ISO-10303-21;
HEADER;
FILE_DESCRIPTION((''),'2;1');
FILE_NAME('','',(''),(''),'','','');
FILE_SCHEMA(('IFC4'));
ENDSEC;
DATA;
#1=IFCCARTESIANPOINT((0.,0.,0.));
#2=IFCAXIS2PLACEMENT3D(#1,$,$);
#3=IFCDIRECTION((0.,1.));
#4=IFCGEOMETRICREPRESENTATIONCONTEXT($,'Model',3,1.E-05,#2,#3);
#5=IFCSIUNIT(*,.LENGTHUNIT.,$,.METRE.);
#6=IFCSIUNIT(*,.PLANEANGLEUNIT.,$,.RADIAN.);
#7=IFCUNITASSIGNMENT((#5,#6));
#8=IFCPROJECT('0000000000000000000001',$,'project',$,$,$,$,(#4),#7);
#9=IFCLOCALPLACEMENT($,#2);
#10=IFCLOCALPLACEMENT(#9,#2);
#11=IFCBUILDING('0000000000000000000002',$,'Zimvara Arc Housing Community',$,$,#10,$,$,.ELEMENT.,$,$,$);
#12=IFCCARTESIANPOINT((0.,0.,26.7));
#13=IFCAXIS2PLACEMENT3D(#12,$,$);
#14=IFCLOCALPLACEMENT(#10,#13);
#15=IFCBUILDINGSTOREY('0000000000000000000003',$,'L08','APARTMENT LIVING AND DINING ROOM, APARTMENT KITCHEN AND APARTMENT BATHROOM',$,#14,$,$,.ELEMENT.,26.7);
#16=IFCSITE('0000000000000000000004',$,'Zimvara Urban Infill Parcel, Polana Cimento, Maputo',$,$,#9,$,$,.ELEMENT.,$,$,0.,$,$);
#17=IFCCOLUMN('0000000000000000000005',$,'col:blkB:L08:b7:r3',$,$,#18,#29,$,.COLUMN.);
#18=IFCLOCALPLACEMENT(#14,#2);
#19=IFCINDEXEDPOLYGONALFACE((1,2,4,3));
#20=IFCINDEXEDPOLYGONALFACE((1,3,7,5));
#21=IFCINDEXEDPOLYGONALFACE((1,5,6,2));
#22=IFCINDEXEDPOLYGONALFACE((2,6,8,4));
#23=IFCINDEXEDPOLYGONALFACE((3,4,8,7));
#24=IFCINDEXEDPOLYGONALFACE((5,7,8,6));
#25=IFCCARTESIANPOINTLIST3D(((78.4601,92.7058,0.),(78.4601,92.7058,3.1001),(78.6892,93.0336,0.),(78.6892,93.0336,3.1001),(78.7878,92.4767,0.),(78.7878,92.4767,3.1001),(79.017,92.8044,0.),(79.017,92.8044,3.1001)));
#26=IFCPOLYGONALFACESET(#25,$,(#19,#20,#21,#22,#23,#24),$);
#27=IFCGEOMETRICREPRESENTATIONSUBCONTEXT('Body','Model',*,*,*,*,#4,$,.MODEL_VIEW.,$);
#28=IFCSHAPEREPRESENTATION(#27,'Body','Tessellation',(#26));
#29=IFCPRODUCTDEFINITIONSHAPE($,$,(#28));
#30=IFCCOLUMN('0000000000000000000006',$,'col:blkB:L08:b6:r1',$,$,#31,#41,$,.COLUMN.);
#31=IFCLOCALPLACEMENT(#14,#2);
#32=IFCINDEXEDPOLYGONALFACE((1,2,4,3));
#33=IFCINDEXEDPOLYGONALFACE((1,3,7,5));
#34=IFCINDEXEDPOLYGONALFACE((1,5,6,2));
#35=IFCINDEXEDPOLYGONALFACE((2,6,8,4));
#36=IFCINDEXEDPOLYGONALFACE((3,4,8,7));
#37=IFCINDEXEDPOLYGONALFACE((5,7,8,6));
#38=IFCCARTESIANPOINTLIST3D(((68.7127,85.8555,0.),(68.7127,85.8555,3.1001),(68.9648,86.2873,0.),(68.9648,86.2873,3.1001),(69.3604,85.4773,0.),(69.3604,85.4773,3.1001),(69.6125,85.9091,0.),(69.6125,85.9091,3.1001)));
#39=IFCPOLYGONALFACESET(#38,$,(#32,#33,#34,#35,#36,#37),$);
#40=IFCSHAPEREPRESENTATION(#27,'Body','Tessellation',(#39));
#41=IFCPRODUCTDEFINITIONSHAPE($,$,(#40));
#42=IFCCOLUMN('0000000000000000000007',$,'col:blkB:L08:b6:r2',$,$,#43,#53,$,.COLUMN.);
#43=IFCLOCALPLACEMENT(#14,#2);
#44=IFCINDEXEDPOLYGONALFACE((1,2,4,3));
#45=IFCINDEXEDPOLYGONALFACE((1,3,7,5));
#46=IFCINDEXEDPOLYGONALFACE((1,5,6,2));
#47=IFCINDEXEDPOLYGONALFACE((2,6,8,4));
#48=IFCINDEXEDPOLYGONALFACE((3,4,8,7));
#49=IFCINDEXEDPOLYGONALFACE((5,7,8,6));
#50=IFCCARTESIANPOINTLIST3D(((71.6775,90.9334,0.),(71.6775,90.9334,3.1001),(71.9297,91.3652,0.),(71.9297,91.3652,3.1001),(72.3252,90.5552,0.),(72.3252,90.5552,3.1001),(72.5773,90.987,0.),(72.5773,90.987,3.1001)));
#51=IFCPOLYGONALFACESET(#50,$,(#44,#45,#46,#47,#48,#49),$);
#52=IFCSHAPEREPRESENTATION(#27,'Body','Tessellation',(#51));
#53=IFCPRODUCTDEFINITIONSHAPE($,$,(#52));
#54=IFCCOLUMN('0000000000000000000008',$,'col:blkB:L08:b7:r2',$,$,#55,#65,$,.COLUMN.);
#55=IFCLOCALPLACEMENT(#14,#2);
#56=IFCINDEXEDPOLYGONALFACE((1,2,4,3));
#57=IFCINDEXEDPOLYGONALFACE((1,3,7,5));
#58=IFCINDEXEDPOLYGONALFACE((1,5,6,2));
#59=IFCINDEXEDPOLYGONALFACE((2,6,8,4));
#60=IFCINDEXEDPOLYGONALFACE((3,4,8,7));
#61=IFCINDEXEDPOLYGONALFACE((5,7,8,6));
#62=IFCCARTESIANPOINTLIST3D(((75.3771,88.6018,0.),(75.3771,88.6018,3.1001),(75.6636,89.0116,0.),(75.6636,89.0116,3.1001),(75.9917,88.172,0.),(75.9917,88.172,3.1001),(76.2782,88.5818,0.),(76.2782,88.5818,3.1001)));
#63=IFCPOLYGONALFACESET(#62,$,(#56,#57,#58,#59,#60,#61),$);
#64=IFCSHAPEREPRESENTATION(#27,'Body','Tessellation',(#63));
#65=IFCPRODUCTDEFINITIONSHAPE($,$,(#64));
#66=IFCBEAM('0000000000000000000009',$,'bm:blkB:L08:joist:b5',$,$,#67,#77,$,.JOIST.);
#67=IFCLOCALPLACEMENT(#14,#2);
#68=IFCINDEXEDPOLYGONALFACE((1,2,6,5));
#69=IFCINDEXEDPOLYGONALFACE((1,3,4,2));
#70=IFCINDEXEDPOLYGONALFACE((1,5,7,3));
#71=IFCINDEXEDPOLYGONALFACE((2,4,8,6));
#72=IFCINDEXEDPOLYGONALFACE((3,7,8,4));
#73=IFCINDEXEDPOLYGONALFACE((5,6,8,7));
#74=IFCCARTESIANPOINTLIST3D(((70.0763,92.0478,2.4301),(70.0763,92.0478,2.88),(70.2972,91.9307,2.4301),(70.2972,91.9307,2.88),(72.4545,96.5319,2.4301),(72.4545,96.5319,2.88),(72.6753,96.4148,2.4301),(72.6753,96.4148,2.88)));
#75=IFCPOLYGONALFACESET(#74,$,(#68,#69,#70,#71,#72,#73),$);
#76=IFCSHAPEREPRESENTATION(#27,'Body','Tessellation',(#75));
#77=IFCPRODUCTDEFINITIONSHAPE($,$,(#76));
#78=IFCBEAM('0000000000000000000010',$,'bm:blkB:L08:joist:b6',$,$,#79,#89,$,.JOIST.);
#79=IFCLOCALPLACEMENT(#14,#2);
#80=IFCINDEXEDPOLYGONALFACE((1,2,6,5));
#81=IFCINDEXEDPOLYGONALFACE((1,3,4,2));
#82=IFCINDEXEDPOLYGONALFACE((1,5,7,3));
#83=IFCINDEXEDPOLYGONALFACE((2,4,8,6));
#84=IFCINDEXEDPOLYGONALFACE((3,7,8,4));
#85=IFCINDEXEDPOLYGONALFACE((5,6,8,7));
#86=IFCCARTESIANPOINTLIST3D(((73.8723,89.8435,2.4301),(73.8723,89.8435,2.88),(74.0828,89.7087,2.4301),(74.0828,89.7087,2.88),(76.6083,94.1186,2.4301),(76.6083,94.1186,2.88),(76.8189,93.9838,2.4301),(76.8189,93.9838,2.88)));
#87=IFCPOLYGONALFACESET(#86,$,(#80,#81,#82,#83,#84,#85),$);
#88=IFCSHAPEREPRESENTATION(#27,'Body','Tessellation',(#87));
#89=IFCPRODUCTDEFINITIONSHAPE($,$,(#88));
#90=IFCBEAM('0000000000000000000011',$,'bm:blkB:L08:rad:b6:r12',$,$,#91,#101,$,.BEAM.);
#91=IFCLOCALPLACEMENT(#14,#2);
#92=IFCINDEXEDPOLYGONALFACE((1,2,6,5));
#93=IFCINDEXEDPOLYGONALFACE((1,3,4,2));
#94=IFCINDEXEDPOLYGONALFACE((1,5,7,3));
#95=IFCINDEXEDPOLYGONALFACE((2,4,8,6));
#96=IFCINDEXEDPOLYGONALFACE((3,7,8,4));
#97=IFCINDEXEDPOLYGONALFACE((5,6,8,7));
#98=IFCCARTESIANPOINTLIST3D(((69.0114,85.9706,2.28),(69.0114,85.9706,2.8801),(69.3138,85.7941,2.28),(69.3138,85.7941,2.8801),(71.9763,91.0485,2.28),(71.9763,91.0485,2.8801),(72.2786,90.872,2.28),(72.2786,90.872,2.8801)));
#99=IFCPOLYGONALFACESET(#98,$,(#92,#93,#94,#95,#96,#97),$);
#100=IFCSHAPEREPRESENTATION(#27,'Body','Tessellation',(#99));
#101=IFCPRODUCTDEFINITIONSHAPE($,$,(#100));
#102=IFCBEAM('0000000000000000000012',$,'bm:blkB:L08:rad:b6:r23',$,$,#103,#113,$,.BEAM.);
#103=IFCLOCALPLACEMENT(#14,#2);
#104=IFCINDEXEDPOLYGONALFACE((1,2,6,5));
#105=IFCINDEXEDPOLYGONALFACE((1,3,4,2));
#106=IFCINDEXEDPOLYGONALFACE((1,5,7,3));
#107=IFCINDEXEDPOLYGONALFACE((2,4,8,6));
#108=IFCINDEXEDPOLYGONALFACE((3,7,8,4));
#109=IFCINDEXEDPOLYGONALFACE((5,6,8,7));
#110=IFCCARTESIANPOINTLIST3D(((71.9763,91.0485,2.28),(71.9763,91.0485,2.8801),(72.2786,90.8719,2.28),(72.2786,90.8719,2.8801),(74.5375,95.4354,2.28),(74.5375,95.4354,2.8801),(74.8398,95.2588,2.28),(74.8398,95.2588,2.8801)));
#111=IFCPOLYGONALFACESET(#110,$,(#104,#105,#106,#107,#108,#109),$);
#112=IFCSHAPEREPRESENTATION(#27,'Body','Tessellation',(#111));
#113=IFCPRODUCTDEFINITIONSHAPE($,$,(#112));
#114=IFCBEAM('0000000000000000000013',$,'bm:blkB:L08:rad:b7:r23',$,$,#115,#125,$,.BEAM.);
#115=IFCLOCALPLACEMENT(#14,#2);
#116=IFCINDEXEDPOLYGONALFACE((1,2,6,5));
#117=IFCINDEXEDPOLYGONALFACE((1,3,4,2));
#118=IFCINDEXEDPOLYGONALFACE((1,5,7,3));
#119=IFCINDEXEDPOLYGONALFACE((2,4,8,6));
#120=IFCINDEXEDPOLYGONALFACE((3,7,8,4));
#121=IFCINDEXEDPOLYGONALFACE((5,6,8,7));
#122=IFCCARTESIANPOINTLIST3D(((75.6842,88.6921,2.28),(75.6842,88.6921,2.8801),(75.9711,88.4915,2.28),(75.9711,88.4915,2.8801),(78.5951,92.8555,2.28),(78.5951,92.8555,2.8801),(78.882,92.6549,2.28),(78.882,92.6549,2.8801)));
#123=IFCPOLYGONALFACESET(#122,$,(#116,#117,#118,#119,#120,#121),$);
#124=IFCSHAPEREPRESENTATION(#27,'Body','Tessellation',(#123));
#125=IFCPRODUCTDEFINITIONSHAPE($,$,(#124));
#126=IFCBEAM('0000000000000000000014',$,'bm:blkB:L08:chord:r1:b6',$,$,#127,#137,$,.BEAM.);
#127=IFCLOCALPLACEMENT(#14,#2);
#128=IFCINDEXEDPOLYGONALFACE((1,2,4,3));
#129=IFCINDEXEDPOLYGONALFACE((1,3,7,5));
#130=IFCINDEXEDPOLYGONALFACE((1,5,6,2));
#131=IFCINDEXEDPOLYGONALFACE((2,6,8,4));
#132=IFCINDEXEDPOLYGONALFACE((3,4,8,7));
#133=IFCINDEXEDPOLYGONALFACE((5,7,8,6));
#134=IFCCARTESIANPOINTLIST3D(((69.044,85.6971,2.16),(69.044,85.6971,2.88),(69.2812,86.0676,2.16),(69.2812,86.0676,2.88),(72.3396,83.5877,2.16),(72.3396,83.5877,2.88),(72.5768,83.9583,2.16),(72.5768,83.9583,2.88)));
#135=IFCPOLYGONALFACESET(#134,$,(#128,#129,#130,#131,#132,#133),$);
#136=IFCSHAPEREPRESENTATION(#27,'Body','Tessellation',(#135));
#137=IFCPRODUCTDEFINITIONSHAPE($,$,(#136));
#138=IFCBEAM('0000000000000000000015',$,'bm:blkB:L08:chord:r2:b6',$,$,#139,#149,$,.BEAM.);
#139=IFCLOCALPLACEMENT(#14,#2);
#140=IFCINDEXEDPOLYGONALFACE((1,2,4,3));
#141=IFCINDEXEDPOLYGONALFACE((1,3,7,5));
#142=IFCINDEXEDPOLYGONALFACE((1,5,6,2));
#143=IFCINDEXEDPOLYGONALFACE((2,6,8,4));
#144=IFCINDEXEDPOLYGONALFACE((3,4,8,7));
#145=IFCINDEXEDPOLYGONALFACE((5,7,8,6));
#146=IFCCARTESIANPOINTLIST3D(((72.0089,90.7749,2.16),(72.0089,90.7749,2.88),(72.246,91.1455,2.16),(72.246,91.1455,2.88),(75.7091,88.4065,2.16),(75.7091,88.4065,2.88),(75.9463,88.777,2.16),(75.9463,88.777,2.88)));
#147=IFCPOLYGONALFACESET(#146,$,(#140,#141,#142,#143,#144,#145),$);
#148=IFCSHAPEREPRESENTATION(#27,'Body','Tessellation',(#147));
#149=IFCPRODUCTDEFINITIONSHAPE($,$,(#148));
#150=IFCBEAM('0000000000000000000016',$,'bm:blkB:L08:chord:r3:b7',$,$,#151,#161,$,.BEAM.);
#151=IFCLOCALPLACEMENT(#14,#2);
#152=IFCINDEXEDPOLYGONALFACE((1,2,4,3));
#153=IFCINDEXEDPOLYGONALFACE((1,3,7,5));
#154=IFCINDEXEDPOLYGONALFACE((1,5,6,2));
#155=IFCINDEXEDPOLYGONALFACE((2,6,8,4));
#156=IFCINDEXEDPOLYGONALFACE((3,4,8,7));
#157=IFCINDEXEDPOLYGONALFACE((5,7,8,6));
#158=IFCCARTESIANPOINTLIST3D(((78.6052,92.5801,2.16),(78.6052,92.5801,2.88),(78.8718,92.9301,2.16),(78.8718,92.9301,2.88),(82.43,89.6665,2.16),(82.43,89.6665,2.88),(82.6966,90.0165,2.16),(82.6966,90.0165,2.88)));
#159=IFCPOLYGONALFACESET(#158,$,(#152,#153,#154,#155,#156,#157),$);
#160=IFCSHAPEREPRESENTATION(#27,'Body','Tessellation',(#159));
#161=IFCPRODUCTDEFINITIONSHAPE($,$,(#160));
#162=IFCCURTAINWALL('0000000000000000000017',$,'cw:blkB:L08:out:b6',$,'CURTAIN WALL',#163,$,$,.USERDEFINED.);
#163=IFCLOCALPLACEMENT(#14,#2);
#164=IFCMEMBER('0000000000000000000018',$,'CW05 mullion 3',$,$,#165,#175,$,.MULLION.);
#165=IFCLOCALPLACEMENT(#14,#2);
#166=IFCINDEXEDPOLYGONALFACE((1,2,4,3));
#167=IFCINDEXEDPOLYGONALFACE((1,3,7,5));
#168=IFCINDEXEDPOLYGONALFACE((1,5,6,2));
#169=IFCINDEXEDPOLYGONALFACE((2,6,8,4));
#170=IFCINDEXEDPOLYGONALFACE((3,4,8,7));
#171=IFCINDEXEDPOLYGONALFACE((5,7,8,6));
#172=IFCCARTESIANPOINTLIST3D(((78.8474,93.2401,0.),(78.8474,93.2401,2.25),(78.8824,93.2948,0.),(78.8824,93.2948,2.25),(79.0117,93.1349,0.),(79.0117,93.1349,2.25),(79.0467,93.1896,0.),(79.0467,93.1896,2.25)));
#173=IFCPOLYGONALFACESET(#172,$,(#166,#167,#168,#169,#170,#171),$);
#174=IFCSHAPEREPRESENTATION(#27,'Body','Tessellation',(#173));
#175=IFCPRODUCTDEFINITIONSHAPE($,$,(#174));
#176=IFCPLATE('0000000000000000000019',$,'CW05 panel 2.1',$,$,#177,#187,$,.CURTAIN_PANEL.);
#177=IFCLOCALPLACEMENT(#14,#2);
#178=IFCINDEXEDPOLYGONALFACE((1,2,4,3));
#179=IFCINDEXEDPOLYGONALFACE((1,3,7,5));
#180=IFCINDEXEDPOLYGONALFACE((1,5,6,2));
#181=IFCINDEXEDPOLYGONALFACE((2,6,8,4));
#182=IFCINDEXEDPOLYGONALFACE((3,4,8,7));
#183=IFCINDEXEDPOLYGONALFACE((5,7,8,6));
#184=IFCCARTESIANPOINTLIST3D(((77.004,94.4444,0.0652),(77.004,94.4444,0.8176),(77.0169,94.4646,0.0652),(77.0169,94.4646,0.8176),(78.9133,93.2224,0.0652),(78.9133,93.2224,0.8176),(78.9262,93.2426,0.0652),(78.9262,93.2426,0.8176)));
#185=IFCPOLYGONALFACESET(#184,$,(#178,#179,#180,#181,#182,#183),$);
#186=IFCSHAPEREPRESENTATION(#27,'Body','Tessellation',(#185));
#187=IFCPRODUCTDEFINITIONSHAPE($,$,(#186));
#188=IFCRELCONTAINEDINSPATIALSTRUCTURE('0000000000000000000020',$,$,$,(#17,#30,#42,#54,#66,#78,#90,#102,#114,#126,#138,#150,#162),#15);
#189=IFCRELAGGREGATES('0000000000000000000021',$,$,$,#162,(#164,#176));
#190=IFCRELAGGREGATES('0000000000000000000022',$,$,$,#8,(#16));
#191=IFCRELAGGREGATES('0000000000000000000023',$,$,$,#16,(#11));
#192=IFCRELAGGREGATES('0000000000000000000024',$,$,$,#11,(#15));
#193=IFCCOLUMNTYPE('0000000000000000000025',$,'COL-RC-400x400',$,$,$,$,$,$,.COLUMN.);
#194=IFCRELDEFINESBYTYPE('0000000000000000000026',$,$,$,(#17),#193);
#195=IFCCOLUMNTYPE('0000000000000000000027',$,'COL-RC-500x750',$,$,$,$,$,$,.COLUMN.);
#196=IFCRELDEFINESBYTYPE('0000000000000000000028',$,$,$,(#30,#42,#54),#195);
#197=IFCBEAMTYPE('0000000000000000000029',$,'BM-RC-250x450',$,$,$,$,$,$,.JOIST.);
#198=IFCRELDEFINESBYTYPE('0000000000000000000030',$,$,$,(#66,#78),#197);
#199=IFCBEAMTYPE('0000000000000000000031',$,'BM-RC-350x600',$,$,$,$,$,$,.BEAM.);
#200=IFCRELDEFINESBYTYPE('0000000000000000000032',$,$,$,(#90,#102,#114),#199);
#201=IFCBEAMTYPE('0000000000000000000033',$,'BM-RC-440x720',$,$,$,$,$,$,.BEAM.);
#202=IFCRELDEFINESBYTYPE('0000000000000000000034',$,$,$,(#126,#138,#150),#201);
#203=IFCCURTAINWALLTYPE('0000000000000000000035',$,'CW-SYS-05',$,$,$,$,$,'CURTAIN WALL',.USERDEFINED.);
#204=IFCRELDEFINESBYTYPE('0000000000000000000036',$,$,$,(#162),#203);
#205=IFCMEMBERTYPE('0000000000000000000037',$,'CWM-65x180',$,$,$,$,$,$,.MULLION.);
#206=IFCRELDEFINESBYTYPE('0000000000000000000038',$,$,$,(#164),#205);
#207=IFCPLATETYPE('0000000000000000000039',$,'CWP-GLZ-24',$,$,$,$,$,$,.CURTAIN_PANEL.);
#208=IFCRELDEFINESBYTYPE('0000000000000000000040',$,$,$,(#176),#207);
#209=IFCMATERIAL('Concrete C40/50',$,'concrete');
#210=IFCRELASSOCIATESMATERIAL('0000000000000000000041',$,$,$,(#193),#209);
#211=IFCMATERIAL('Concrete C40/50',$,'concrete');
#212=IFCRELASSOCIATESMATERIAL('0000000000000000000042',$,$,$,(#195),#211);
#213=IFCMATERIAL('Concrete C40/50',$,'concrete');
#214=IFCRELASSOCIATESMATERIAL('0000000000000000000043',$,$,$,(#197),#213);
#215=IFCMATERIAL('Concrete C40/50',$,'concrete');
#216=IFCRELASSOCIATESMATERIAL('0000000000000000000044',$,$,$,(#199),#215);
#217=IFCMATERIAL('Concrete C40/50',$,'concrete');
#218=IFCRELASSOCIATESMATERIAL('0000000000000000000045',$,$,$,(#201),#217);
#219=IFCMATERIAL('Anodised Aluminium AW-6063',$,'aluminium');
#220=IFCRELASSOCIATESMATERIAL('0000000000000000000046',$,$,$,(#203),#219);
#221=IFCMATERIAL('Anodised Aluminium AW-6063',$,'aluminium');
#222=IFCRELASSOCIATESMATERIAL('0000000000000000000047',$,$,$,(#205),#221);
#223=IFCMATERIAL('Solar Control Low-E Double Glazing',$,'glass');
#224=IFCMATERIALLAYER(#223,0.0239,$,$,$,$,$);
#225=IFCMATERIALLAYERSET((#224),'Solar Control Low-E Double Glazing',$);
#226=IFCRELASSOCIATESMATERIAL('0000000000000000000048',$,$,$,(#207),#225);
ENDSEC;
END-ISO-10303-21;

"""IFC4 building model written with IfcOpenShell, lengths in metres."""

from ifc_helpers import new_model, si_unit, direction, frame, origin, origin_2d, place, context, subcontext, project, spatial, rectangle, extrude, material, layer, layer_set, material_profile, profile_set, type_object, element, aggregate, save


model = new_model("IFC4")

# Units and contexts
model_context = context("Model", 3, precision=1e-05, world=origin(), true_north=direction((0.0, 1.0)))
body_context = subcontext(model_context, "Body", "Model", "MODEL_VIEW")
ifc_project = project(units=[si_unit("LENGTHUNIT", "METRE"), si_unit("PLANEANGLEUNIT", "RADIAN")], contexts=[model_context])

# Site, building, storey
site_placement = place(None, origin())
site = spatial("IfcSite", under=ifc_project, at=site_placement, Name="Zimvara Urban Infill Parcel, Polana Cimento, Maputo", CompositionType="ELEMENT", RefElevation=0.0)
building_placement = place(site_placement, origin())
building = spatial("IfcBuilding", under=site, at=building_placement, Name="Zimvara Arc Housing Community", CompositionType="ELEMENT")
storey_placement = place(building_placement, frame((0.0, 0.0, 26.7)))
storey = spatial("IfcBuildingStorey", under=building, at=storey_placement, Name="L08", Description="APARTMENT LIVING AND DINING ROOM, APARTMENT KITCHEN AND APARTMENT BATHROOM", CompositionType="ELEMENT", Elevation=26.7)

# Columns
ifc_material_1 = material(Name="Concrete C40/50", Category="concrete")
ifc_material_profile_1 = material_profile(ifc_material_1, rectangle(XDim=0.3999, YDim=0.3999, at=origin_2d()), Name="RC 400x400")
ifc_profile_set_1 = profile_set([ifc_material_profile_1], Name="Concrete C40/50")
column_type_1 = type_object("IfcColumnType", Name="COL-RC-400x400", PredefinedType="COLUMN", material=ifc_profile_set_1)
column_placement = place(storey_placement, frame((78.7385, 92.7551, 0.0), z_axis=(0.0, 0.0, 1.0), x_axis=(0.573004, 0.819552, 0.0)))
element("IfcColumn", 1, at=column_placement, inside=storey, type_object=column_type_1, Name="col:blkB:L08:b7:r3", PredefinedType="COLUMN", context=body_context, shape_type="SweptSolid", body=[
    extrude(rectangle(XDim=0.3999, YDim=0.3999, at=origin_2d()), origin(), (0.0, 0.0, 1.0), 3.1001),
])
ifc_material_2 = material(Name="Concrete C40/50", Category="concrete")
ifc_material_profile_2 = material_profile(ifc_material_2, rectangle(XDim=0.5, YDim=0.75, at=origin_2d()), Name="RC 500x750")
ifc_profile_set_2 = profile_set([ifc_material_profile_2], Name="Concrete C40/50")
column_type_2 = type_object("IfcColumnType", Name="COL-RC-500x750", PredefinedType="COLUMN", material=ifc_profile_set_2)
for number, where, z_axis, x_axis, name in (
    (2, (69.1626, 85.8823, 0.0), (0.0, 0.0, 1.0), (0.504226, 0.863572, 0.0), "col:blkB:L08:b6:r1"),
    (3, (72.1274, 90.9602, 0.0), (0.0, 0.0, 1.0), (0.504226, 0.863572, 0.0), "col:blkB:L08:b6:r2"),
    (4, (75.8276, 88.5918, 0.0), (0.0, 0.0, 1.0), (0.573004, 0.819552, 0.0), "col:blkB:L08:b7:r2"),
):
    element("IfcColumn", number, at=place(storey_placement, frame(where, z_axis=z_axis, x_axis=x_axis)), inside=storey, type_object=column_type_2, Name=name, PredefinedType="COLUMN", context=body_context, shape_type="SweptSolid", body=[
        extrude(rectangle(XDim=0.5, YDim=0.75, at=origin_2d()), origin(), (0.0, 0.0, 1.0), 3.1001),
    ])

# Beams
ifc_material_3 = material(Name="Concrete C40/50", Category="concrete")
ifc_material_profile_3 = material_profile(ifc_material_3, rectangle(XDim=0.25, YDim=0.45, at=origin_2d()), Name="RC 250x450")
ifc_profile_set_3 = profile_set([ifc_material_profile_3], Name="Concrete C40/50")
beam_type_1 = type_object("IfcBeamType", Name="BM-RC-250x450", PredefinedType="JOIST", material=ifc_profile_set_3)
for number, where, z_axis, x_axis, name in (
    (5, (70.1868, 91.9893, 2.655), (0.468537, 0.883444, 0.0), (-0.883444, 0.468537, 0.0), "bm:blkB:L08:joist:b5"),
    (6, (73.9775, 89.7761, 2.655), (0.539052, 0.842272, 0.0), (-0.842272, 0.539052, 0.0), "bm:blkB:L08:joist:b6"),
):
    element("IfcBeam", number, at=place(storey_placement, frame(where, z_axis=z_axis, x_axis=x_axis)), inside=storey, type_object=beam_type_1, Name=name, PredefinedType="JOIST", context=body_context, shape_type="SweptSolid", body=[
        extrude(rectangle(XDim=0.25, YDim=0.45, at=origin_2d()), origin(), (0.0, 0.0, 1.0), 5.0757),
    ])
ifc_material_4 = material(Name="Concrete C40/50", Category="concrete")
ifc_material_profile_4 = material_profile(ifc_material_4, rectangle(XDim=0.3501, YDim=0.6001, at=origin_2d()), Name="RC 350x600")
ifc_profile_set_4 = profile_set([ifc_material_profile_4], Name="Concrete C40/50")
beam_type_2 = type_object("IfcBeamType", Name="BM-RC-350x600", PredefinedType="BEAM", material=ifc_profile_set_4)
beam_1_placement = place(storey_placement, frame((69.1626, 85.8823, 2.5801), z_axis=(0.504219, 0.863576, 0.0), x_axis=(-0.863576, 0.504219, 0.0)))
element("IfcBeam", 7, at=beam_1_placement, inside=storey, type_object=beam_type_2, Name="bm:blkB:L08:rad:b6:r12", PredefinedType="BEAM", context=body_context, shape_type="SweptSolid", body=[
    extrude(rectangle(XDim=0.3501, YDim=0.6001, at=origin_2d()), origin(), (0.0, 0.0, 1.0), 5.8801),
])
beam_2_placement = place(storey_placement, frame((72.1274, 90.9602, 2.5801), z_axis=(0.504197, 0.863589, 0.0), x_axis=(-0.863589, 0.504197, 0.0)))
element("IfcBeam", 8, at=beam_2_placement, inside=storey, type_object=beam_type_2, Name="bm:blkB:L08:rad:b6:r23", PredefinedType="BEAM", context=body_context, shape_type="SweptSolid", body=[
    extrude(rectangle(XDim=0.3501, YDim=0.6001, at=origin_2d()), origin(), (0.0, 0.0, 1.0), 5.0798),
])
beam_3_placement = place(storey_placement, frame((75.8276, 88.5918, 2.5801), z_axis=(0.573007, 0.81955, 0.0), x_axis=(-0.81955, 0.573007, 0.0)))
element("IfcBeam", 9, at=beam_3_placement, inside=storey, type_object=beam_type_2, Name="bm:blkB:L08:rad:b7:r23", PredefinedType="BEAM", context=body_context, shape_type="SweptSolid", body=[
    extrude(rectangle(XDim=0.3501, YDim=0.6001, at=origin_2d()), origin(), (0.0, 0.0, 1.0), 5.0801),
])
ifc_material_5 = material(Name="Concrete C40/50", Category="concrete")
ifc_material_profile_5 = material_profile(ifc_material_5, rectangle(XDim=0.4399, YDim=0.72, at=origin_2d()), Name="RC 440x720")
ifc_profile_set_5 = profile_set([ifc_material_profile_5], Name="Concrete C40/50")
beam_type_3 = type_object("IfcBeamType", Name="BM-RC-440x720", PredefinedType="BEAM", material=ifc_profile_set_5)
beam_4_placement = place(storey_placement, frame((69.1626, 85.8823, 2.52), z_axis=(0.842253, -0.539082, 0.0), x_axis=(0.539082, 0.842253, 0.0)))
element("IfcBeam", 10, at=beam_4_placement, inside=storey, type_object=beam_type_3, Name="bm:blkB:L08:chord:r1:b6", PredefinedType="BEAM", context=body_context, shape_type="SweptSolid", body=[
    extrude(rectangle(XDim=0.4399, YDim=0.72, at=origin_2d()), origin(), (0.0, 0.0, 1.0), 3.9128),
])
beam_5_placement = place(storey_placement, frame((72.1274, 90.9602, 2.52), z_axis=(0.842242, -0.539099, 0.0), x_axis=(0.539099, 0.842242, 0.0)))
element("IfcBeam", 11, at=beam_5_placement, inside=storey, type_object=beam_type_3, Name="bm:blkB:L08:chord:r2:b6", PredefinedType="BEAM", context=body_context, shape_type="SweptSolid", body=[
    extrude(rectangle(XDim=0.4399, YDim=0.72, at=origin_2d()), origin(), (0.0, 0.0, 1.0), 4.3933),
])
beam_6_placement = place(storey_placement, frame((78.7385, 92.7551, 2.52), z_axis=(0.795481, -0.605979, 0.0), x_axis=(0.605979, 0.795481, 0.0)))
element("IfcBeam", 12, at=beam_6_placement, inside=storey, type_object=beam_type_3, Name="bm:blkB:L08:chord:r3:b7", PredefinedType="BEAM", context=body_context, shape_type="SweptSolid", body=[
    extrude(rectangle(XDim=0.4399, YDim=0.72, at=origin_2d()), origin(), (0.0, 0.0, 1.0), 4.8081),
])

# Curtain wall, member, plate
ifc_material_6 = material(Name="Anodised Aluminium AW-6063", Category="aluminium")
curtain_wall_type = type_object("IfcCurtainWallType", Name="CW-SYS-05", ElementType="CURTAIN WALL", PredefinedType="USERDEFINED", material=ifc_material_6)
curtain_wall_placement = place(storey_placement, origin())
curtain_wall = element("IfcCurtainWall", 13, at=curtain_wall_placement, inside=storey, type_object=curtain_wall_type, Name="cw:blkB:L08:out:b6", ObjectType="CURTAIN WALL", PredefinedType="USERDEFINED")
ifc_material_7 = material(Name="Anodised Aluminium AW-6063", Category="aluminium")
ifc_material_profile_6 = material_profile(ifc_material_7, rectangle(XDim=0.0649, YDim=0.1951, at=origin_2d()), Name="ALU 65x195")
ifc_profile_set_6 = profile_set([ifc_material_profile_6], Name="Anodised Aluminium AW-6063")
member_type = type_object("IfcMemberType", Name="CWM-65x180", PredefinedType="MULLION", material=ifc_profile_set_6)
member_placement = place(storey_placement, frame((78.947, 93.2148, 0.0), z_axis=(0.0, 0.0, 1.0), x_axis=(0.539065, 0.842264, 0.0)))
member = element("IfcMember", 14, at=member_placement, type_object=member_type, Name="CW05 mullion 3", PredefinedType="MULLION", context=body_context, shape_type="SweptSolid", body=[
    extrude(rectangle(XDim=0.0649, YDim=0.1951, at=origin_2d()), origin(), (0.0, 0.0, 1.0), 2.25),
])
ifc_material_8 = material(Name="Solar Control Low-E Double Glazing", Category="glass")
ifc_layer_1 = layer(ifc_material_8, 0.0239)
ifc_layer_set_1 = layer_set([ifc_layer_1], Name="Solar Control Low-E Double Glazing")
plate_type = type_object("IfcPlateType", Name="CWP-GLZ-24", PredefinedType="CURTAIN_PANEL", material=ifc_layer_set_1)
plate_1_placement = place(storey_placement, frame((77.9651, 93.8435, 0.0652), z_axis=(0.0, 0.0, 1.0), x_axis=(0.842264, -0.539065, 0.0)))
plate_1 = element("IfcPlate", 15, at=plate_1_placement, type_object=plate_type, Name="CW05 panel 2.1", PredefinedType="CURTAIN_PANEL", context=body_context, shape_type="SweptSolid", body=[
    extrude(rectangle(XDim=2.2668, YDim=0.0239, at=origin_2d()), origin(), (0.0, 0.0, 1.0), 0.7524),
])
aggregate(curtain_wall, [member, plate_1])

save(model, "model.ifc")
